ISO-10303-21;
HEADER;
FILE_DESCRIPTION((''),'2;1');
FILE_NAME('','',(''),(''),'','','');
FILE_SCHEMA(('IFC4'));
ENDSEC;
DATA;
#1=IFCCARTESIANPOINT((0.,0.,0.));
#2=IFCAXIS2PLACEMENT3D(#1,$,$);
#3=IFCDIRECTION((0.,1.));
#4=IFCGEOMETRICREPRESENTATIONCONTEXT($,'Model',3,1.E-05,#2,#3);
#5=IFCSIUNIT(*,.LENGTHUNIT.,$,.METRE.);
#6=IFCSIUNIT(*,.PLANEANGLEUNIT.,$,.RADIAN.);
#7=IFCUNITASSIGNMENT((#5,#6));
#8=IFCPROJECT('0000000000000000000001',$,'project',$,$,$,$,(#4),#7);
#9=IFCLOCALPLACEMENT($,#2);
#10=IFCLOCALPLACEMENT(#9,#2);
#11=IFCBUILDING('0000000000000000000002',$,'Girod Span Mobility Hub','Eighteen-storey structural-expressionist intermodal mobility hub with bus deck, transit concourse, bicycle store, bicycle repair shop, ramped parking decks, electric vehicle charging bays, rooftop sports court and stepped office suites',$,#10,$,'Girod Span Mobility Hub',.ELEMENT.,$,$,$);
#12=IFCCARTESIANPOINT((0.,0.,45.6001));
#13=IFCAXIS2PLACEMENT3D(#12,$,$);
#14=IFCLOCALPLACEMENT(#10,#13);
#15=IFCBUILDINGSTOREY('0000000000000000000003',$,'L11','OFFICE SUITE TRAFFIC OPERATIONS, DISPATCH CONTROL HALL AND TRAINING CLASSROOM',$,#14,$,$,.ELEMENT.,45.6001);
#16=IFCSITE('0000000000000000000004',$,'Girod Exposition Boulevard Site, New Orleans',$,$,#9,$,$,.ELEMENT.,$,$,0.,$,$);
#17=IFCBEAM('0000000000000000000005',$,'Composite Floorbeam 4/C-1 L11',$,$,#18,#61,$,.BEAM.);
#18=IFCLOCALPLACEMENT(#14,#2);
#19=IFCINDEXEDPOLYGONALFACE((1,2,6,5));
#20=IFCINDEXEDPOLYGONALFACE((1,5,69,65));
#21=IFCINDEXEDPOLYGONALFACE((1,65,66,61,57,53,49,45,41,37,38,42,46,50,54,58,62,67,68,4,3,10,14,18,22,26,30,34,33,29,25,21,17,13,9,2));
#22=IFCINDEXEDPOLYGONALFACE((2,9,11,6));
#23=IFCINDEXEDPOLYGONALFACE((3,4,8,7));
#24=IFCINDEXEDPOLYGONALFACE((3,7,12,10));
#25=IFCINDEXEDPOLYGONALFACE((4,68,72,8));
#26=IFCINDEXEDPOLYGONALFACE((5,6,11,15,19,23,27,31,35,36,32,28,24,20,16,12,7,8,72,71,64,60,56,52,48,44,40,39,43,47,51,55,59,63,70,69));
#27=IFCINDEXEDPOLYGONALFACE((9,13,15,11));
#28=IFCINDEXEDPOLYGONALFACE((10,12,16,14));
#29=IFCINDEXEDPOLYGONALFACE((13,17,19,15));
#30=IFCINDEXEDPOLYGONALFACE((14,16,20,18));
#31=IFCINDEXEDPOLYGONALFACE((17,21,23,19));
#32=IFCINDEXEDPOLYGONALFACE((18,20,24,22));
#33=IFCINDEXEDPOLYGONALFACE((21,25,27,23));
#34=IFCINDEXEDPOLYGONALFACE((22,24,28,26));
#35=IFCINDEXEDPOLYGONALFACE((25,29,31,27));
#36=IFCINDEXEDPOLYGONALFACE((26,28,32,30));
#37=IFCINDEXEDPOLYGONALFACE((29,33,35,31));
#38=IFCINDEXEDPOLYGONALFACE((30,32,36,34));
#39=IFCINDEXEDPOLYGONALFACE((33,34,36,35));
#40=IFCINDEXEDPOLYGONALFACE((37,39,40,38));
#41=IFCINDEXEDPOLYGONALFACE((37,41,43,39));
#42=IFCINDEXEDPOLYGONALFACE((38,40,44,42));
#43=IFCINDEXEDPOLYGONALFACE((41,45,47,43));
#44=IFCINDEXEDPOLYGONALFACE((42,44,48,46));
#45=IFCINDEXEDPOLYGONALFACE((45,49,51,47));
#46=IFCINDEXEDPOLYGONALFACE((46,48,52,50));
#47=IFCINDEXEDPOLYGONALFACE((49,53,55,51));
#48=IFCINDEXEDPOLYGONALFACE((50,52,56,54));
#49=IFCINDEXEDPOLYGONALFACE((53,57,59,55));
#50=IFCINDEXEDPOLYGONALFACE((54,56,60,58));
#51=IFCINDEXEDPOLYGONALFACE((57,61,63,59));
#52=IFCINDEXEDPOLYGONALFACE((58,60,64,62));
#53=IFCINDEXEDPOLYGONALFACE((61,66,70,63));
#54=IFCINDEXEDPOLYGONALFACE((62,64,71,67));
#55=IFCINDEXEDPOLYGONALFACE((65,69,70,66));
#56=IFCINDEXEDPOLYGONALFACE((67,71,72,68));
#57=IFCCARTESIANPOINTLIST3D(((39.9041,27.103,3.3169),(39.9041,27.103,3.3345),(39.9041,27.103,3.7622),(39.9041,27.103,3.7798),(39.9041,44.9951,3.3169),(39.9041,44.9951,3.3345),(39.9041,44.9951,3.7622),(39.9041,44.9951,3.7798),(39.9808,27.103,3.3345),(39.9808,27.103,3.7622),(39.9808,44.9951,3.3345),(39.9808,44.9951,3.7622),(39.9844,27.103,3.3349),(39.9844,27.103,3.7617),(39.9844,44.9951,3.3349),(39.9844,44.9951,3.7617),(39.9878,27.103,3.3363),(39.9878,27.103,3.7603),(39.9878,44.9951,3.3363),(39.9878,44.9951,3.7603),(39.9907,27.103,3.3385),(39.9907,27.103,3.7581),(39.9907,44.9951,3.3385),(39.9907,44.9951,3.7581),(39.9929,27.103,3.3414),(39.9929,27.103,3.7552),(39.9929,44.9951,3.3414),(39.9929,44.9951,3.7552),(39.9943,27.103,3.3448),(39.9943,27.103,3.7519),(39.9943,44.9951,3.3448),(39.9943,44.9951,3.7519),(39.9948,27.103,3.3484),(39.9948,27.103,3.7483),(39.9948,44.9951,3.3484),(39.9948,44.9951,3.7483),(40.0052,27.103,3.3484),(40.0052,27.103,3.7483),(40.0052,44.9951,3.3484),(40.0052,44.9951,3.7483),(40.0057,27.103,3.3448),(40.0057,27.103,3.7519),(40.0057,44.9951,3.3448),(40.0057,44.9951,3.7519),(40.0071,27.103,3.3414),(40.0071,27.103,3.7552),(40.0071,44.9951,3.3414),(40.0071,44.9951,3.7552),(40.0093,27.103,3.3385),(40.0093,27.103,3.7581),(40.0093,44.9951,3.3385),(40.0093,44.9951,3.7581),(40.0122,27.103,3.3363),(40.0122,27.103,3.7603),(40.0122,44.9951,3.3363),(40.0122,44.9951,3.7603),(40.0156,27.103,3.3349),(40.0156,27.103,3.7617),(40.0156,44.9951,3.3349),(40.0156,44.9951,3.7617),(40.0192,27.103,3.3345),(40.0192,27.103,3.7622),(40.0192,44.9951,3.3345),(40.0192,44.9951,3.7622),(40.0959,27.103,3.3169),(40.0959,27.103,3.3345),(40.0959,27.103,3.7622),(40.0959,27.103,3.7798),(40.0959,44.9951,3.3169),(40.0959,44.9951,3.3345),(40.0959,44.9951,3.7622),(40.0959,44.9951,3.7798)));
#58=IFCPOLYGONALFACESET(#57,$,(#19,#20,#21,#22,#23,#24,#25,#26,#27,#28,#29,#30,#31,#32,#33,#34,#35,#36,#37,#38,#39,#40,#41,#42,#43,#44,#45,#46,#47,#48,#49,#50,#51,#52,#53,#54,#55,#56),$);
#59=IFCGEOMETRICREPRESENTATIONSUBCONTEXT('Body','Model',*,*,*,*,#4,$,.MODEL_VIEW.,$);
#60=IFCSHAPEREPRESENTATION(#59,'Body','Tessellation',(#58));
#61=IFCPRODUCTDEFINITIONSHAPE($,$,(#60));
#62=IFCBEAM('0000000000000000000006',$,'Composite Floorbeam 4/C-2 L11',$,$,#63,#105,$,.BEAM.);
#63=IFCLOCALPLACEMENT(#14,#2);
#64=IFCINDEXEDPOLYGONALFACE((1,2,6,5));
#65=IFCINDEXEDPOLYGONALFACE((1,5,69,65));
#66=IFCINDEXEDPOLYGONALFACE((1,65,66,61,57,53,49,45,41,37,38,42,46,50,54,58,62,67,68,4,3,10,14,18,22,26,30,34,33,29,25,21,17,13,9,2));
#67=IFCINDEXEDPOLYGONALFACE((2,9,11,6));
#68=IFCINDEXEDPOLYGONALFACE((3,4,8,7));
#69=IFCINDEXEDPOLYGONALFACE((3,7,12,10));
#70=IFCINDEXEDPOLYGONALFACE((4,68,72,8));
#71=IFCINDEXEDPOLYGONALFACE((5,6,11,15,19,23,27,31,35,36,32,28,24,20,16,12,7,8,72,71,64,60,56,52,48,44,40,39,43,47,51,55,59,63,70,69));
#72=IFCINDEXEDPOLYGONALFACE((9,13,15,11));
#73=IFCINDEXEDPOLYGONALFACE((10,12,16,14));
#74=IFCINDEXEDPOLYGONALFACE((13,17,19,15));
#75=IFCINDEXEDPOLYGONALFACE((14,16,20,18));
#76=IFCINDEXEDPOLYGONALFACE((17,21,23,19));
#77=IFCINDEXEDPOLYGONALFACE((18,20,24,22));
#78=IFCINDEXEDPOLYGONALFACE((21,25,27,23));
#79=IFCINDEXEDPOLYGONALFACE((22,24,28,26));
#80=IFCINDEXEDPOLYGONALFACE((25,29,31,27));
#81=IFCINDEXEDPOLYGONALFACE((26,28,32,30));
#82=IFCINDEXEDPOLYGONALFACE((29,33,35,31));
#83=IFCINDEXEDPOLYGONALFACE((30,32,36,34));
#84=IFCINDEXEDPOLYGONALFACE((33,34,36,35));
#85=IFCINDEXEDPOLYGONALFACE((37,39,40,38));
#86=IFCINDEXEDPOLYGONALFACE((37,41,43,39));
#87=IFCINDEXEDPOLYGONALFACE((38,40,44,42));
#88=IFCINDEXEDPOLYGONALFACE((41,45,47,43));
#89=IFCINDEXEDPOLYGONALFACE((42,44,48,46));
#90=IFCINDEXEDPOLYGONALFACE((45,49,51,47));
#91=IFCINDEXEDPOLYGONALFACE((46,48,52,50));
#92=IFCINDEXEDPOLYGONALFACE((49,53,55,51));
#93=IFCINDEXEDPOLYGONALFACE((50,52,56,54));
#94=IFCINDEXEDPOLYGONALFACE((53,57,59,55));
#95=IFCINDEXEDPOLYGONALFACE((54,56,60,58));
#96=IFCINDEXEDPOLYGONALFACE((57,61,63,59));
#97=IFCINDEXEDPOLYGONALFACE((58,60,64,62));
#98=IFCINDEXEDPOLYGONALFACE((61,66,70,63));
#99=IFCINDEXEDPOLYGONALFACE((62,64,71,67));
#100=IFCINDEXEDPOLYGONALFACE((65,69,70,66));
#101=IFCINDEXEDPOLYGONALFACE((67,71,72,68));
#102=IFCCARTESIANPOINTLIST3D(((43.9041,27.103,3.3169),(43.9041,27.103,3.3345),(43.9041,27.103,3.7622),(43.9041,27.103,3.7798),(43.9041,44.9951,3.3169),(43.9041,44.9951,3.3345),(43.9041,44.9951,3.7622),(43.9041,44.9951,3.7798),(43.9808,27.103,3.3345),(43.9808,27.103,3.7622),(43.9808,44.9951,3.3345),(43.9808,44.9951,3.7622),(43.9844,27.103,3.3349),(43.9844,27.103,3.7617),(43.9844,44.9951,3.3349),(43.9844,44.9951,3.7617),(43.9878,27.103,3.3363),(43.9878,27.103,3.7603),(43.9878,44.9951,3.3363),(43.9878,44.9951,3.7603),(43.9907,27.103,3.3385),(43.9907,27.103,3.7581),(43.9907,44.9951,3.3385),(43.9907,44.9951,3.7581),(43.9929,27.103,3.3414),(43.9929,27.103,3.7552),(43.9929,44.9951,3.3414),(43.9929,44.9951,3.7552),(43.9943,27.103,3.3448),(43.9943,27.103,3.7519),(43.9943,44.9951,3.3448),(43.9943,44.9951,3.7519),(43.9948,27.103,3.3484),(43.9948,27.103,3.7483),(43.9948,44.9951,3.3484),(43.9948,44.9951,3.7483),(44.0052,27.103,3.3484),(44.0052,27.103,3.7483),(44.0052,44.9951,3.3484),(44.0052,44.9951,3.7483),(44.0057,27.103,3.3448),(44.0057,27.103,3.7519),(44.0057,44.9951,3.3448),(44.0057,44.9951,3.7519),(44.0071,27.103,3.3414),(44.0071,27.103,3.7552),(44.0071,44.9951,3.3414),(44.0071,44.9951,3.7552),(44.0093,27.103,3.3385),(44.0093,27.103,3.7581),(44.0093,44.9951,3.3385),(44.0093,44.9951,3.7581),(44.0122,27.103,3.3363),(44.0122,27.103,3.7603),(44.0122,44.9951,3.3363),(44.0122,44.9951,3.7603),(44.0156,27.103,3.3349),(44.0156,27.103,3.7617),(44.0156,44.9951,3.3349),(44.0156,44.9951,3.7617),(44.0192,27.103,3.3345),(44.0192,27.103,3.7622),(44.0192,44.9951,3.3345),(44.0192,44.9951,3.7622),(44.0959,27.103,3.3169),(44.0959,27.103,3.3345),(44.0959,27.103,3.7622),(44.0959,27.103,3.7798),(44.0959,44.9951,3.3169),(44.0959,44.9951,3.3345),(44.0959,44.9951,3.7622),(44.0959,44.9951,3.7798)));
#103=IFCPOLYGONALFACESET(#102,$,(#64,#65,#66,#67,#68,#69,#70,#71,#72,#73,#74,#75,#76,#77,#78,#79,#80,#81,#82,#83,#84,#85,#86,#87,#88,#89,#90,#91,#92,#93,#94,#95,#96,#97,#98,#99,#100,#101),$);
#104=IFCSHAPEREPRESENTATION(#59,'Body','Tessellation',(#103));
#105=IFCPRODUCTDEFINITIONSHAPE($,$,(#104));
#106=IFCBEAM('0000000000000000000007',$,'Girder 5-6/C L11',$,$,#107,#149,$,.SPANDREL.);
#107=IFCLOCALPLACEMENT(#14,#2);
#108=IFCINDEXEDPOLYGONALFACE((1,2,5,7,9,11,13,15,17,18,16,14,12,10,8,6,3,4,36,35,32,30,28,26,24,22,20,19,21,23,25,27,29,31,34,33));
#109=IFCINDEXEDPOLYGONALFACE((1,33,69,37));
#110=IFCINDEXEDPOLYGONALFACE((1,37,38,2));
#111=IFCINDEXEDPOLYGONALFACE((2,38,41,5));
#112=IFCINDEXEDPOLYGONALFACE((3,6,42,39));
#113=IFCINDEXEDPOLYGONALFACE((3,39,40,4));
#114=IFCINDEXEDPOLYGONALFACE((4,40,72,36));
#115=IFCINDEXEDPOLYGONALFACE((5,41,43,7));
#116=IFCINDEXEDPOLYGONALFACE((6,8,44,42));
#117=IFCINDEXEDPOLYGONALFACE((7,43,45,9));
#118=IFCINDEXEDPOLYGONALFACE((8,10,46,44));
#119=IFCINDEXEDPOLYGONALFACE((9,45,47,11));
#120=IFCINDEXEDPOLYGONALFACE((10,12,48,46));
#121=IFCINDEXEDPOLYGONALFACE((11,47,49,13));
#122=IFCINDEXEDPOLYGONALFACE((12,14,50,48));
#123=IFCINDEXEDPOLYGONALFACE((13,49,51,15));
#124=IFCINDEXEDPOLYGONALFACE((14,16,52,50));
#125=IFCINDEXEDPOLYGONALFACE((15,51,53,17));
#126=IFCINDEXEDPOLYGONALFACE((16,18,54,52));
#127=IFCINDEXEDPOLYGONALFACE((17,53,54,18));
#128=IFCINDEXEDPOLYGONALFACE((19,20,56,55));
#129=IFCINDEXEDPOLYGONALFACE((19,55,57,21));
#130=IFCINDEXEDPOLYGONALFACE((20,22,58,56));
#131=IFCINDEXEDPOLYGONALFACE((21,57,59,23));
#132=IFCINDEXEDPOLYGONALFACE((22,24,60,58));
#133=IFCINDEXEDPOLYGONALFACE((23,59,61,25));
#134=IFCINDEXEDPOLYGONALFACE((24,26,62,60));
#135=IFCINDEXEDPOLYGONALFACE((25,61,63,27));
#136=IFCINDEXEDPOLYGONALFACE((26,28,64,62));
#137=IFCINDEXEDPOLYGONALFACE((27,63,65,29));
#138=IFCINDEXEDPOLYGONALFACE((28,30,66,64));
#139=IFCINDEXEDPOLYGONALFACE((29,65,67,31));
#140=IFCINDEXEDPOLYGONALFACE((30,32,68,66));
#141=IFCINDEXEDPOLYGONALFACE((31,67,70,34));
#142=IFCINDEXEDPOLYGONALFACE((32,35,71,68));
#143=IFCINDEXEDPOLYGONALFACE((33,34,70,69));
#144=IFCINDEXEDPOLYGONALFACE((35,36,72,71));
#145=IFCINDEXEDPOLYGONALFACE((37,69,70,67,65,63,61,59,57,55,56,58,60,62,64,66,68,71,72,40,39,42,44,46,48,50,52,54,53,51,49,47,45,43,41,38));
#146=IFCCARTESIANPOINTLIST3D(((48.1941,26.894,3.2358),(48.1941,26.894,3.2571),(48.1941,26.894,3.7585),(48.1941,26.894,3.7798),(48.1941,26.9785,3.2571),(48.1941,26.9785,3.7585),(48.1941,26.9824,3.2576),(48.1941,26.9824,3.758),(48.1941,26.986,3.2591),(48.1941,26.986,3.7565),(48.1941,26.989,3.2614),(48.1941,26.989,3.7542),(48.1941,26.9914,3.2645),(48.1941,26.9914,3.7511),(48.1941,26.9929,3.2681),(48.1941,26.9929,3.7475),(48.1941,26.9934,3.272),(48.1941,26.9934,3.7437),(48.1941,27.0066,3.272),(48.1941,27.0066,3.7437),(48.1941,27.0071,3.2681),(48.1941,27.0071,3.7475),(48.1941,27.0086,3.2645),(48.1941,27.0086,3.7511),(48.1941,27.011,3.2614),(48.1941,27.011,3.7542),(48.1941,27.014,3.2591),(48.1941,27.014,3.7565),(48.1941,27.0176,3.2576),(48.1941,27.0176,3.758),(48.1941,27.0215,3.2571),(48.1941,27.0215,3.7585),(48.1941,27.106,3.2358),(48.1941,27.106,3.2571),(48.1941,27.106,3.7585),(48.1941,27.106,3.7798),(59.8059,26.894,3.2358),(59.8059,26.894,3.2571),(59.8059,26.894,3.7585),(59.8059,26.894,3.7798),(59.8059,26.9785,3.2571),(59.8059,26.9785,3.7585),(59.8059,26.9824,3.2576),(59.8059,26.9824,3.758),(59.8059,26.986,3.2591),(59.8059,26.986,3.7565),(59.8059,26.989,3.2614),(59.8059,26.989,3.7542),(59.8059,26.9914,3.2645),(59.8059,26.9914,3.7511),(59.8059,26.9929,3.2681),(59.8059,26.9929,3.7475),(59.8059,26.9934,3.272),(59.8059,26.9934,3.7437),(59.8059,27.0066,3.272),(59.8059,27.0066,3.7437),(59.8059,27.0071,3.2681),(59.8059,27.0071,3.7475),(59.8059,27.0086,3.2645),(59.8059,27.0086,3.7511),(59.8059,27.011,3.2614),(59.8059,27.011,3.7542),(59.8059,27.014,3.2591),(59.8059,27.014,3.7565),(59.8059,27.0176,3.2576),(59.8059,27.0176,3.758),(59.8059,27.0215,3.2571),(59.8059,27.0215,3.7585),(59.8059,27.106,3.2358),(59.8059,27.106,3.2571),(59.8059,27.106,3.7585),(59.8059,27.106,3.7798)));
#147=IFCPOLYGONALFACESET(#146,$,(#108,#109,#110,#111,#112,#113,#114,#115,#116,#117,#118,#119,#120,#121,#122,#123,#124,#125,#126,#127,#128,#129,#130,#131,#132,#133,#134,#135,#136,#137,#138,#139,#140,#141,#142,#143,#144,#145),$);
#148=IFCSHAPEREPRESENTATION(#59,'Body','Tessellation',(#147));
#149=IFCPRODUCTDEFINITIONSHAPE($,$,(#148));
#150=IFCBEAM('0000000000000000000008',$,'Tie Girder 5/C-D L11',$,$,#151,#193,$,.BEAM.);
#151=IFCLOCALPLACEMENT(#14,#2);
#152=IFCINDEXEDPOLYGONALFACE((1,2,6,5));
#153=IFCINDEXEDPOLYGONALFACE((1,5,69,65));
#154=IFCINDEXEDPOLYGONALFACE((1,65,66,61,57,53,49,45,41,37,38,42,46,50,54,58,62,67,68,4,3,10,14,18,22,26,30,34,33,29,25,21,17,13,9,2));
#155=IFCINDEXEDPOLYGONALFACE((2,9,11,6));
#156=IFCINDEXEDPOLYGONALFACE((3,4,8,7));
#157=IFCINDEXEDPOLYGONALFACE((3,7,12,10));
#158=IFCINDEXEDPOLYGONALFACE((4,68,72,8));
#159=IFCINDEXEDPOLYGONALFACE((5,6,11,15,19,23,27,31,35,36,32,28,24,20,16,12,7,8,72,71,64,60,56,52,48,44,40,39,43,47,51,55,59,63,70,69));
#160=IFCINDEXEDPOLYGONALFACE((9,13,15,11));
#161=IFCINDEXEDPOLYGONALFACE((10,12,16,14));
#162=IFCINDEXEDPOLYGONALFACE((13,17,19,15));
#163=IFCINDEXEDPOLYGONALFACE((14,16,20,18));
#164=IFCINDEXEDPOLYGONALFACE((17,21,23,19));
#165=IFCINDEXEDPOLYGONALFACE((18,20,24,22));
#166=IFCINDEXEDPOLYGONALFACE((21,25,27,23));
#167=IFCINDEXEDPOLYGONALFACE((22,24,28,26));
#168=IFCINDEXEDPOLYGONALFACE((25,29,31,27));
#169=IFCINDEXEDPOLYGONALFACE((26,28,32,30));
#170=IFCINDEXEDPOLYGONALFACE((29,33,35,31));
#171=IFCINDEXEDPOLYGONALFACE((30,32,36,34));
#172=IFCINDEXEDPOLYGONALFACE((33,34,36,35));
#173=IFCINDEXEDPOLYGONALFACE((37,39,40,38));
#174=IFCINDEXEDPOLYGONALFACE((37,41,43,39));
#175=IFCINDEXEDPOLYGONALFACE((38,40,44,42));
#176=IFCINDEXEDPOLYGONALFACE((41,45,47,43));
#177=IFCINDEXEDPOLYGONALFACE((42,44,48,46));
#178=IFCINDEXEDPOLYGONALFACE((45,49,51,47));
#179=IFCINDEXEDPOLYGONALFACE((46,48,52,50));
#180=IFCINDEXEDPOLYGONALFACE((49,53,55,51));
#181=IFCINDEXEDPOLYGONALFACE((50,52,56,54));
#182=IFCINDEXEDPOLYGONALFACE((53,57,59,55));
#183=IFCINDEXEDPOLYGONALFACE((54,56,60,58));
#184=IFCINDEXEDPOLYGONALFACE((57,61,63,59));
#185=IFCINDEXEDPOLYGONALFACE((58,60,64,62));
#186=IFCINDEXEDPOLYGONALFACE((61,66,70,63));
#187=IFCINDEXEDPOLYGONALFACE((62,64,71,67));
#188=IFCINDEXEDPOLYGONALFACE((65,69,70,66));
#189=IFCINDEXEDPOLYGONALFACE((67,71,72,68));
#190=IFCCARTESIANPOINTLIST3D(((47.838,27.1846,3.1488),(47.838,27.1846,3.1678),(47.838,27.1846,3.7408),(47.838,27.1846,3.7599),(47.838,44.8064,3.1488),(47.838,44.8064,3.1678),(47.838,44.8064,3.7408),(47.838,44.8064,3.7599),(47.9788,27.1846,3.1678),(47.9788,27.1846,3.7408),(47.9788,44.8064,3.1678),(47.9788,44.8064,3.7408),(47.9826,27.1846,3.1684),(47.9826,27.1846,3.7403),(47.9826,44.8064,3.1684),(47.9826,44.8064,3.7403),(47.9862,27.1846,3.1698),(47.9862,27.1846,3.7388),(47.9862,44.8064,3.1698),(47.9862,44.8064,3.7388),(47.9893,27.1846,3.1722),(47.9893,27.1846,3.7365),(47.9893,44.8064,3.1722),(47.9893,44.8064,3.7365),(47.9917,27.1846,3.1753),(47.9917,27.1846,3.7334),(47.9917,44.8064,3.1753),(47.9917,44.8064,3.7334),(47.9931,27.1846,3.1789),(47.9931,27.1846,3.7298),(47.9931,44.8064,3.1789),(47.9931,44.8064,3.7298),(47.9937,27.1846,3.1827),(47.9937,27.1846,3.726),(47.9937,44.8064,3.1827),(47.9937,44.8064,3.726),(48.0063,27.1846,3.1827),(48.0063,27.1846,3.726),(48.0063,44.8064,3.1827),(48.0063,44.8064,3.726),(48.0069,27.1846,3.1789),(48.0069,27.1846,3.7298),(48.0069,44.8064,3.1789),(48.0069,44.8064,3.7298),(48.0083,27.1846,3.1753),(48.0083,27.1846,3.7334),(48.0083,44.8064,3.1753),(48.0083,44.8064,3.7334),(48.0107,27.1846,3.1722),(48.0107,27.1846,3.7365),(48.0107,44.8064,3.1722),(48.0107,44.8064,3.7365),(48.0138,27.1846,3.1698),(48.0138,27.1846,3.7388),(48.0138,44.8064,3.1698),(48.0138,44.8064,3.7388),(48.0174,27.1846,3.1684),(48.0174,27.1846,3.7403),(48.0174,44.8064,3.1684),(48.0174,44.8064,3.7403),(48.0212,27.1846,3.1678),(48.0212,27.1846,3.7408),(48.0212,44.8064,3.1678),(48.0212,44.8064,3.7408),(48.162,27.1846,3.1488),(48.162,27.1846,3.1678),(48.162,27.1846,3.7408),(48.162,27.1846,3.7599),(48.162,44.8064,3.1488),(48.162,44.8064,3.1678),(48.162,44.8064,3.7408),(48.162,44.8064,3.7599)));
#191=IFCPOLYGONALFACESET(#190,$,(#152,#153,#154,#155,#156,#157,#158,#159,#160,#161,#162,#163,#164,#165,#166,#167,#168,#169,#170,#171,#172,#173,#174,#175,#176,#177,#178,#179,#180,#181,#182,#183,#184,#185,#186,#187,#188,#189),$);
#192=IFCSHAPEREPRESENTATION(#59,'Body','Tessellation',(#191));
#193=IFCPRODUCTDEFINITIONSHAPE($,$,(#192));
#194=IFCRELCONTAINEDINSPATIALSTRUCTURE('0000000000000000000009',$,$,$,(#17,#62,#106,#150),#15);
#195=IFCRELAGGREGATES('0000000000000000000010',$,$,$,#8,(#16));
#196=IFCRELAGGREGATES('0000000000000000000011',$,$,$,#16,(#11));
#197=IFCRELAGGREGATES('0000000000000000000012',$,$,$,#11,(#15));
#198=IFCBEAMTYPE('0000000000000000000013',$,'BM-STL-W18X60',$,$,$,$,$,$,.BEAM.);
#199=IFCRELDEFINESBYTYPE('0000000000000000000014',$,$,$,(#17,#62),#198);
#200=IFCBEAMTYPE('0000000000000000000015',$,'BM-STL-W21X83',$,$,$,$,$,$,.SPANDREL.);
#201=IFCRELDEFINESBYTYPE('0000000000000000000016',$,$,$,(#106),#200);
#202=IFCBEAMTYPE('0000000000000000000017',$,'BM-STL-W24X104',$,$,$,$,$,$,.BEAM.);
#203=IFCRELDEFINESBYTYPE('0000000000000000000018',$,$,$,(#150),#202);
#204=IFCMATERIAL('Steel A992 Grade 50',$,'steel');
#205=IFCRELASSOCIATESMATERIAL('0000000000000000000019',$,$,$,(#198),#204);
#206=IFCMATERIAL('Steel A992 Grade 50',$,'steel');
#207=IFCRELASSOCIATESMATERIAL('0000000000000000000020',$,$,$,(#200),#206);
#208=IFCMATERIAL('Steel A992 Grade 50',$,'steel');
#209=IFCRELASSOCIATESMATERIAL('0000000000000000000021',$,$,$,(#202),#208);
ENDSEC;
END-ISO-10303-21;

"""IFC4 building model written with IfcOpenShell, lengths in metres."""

from ifc_helpers import new_model, si_unit, direction, frame, origin, origin_2d, place, context, subcontext, project, spatial, i_section, extrude, material, material_profile, profile_set, type_object, element, save


model = new_model("IFC4")

# Units and contexts
model_context = context("Model", 3, precision=1e-05, world=origin(), true_north=direction((0.0, 1.0)))
body_context = subcontext(model_context, "Body", "Model", "MODEL_VIEW")
ifc_project = project(units=[si_unit("LENGTHUNIT", "METRE"), si_unit("PLANEANGLEUNIT", "RADIAN")], contexts=[model_context])

# Site, building, storey
site_placement = place(None, origin())
site = spatial("IfcSite", under=ifc_project, at=site_placement, Name="Girod Exposition Boulevard Site, New Orleans", CompositionType="ELEMENT", RefElevation=0.0)
building_placement = place(site_placement, origin())
building = spatial("IfcBuilding", under=site, at=building_placement, Name="Girod Span Mobility Hub", Description="Eighteen-storey structural-expressionist intermodal mobility hub with bus deck, transit concourse, bicycle store, bicycle repair shop, ramped parking decks, electric vehicle charging bays, rooftop sports court and stepped office suites", LongName="Girod Span Mobility Hub", CompositionType="ELEMENT")
storey_placement = place(building_placement, frame((0.0, 0.0, 45.6001)))
storey = spatial("IfcBuildingStorey", under=building, at=storey_placement, Name="L11", Description="OFFICE SUITE TRAFFIC OPERATIONS, DISPATCH CONTROL HALL AND TRAINING CLASSROOM", CompositionType="ELEMENT", Elevation=45.6001)

# Beams
ifc_material_1 = material(Name="Steel A992 Grade 50", Category="steel")
ifc_material_profile_1 = material_profile(ifc_material_1, i_section(OverallWidth=0.1919, OverallDepth=0.4629, WebThickness=0.0105, FlangeThickness=0.0176, FilletRadius=0.0139, at=origin_2d()), Name="W18X60")
ifc_profile_set_1 = profile_set([ifc_material_profile_1], Name="Steel A992 Grade 50")
beam_type_1 = type_object("IfcBeamType", Name="BM-STL-W18X60", PredefinedType="BEAM", material=ifc_profile_set_1)
for number, where, z_axis, x_axis, name in (
    (1, (40.0, 27.103, 3.5483), (0.0, 1.0, 0.0), (-1.0, 0.0, 0.0), "Composite Floorbeam 4/C-1 L11"),
    (2, (44.0, 27.103, 3.5483), (0.0, 1.0, 0.0), (-1.0, 0.0, 0.0), "Composite Floorbeam 4/C-2 L11"),
):
    element("IfcBeam", number, at=place(storey_placement, frame(where, z_axis=z_axis, x_axis=x_axis)), inside=storey, type_object=beam_type_1, Name=name, PredefinedType="BEAM", context=body_context, shape_type="SweptSolid", body=[
        extrude(i_section(OverallWidth=0.1919, OverallDepth=0.4629, WebThickness=0.0105, FlangeThickness=0.0176, FilletRadius=0.0139, at=origin_2d()), origin(), (0.0, 0.0, 1.0), 17.8921),
    ])
ifc_material_2 = material(Name="Steel A992 Grade 50", Category="steel")
ifc_material_profile_2 = material_profile(ifc_material_2, i_section(OverallWidth=0.2119, OverallDepth=0.5439, WebThickness=0.0132, FlangeThickness=0.0212, FilletRadius=0.0149, at=origin_2d()), Name="W21X83")
ifc_profile_set_2 = profile_set([ifc_material_profile_2], Name="Steel A992 Grade 50")
beam_type_2 = type_object("IfcBeamType", Name="BM-STL-W21X83", PredefinedType="SPANDREL", material=ifc_profile_set_2)
beam_1_placement = place(storey_placement, frame((48.1941, 27.0, 3.5078), z_axis=(1.0, 0.0, 0.0), x_axis=(0.0, 1.0, 0.0)))
element("IfcBeam", 3, at=beam_1_placement, inside=storey, type_object=beam_type_2, Name="Girder 5-6/C L11", PredefinedType="SPANDREL", context=body_context, shape_type="SweptSolid", body=[
    extrude(i_section(OverallWidth=0.2119, OverallDepth=0.5439, WebThickness=0.0132, FlangeThickness=0.0212, FilletRadius=0.0149, at=origin_2d()), origin(), (0.0, 0.0, 1.0), 11.6118),
])
ifc_material_3 = material(Name="Steel A992 Grade 50", Category="steel")
ifc_material_profile_3 = material_profile(ifc_material_3, i_section(OverallWidth=0.324, OverallDepth=0.6111, WebThickness=0.0127, FlangeThickness=0.019, FilletRadius=0.0149, at=origin_2d()), Name="W24X104")
ifc_profile_set_3 = profile_set([ifc_material_profile_3], Name="Steel A992 Grade 50")
beam_type_3 = type_object("IfcBeamType", Name="BM-STL-W24X104", PredefinedType="BEAM", material=ifc_profile_set_3)
beam_2_placement = place(storey_placement, frame((48.0, 27.1846, 3.4543), z_axis=(0.0, 1.0, 0.0), x_axis=(-1.0, 0.0, 0.0)))
element("IfcBeam", 4, at=beam_2_placement, inside=storey, type_object=beam_type_3, Name="Tie Girder 5/C-D L11", PredefinedType="BEAM", context=body_context, shape_type="SweptSolid", body=[
    extrude(i_section(OverallWidth=0.324, OverallDepth=0.6111, WebThickness=0.0127, FlangeThickness=0.019, FilletRadius=0.0149, at=origin_2d()), origin(), (0.0, 0.0, 1.0), 17.6218),
])

save(model, "model.ifc")
